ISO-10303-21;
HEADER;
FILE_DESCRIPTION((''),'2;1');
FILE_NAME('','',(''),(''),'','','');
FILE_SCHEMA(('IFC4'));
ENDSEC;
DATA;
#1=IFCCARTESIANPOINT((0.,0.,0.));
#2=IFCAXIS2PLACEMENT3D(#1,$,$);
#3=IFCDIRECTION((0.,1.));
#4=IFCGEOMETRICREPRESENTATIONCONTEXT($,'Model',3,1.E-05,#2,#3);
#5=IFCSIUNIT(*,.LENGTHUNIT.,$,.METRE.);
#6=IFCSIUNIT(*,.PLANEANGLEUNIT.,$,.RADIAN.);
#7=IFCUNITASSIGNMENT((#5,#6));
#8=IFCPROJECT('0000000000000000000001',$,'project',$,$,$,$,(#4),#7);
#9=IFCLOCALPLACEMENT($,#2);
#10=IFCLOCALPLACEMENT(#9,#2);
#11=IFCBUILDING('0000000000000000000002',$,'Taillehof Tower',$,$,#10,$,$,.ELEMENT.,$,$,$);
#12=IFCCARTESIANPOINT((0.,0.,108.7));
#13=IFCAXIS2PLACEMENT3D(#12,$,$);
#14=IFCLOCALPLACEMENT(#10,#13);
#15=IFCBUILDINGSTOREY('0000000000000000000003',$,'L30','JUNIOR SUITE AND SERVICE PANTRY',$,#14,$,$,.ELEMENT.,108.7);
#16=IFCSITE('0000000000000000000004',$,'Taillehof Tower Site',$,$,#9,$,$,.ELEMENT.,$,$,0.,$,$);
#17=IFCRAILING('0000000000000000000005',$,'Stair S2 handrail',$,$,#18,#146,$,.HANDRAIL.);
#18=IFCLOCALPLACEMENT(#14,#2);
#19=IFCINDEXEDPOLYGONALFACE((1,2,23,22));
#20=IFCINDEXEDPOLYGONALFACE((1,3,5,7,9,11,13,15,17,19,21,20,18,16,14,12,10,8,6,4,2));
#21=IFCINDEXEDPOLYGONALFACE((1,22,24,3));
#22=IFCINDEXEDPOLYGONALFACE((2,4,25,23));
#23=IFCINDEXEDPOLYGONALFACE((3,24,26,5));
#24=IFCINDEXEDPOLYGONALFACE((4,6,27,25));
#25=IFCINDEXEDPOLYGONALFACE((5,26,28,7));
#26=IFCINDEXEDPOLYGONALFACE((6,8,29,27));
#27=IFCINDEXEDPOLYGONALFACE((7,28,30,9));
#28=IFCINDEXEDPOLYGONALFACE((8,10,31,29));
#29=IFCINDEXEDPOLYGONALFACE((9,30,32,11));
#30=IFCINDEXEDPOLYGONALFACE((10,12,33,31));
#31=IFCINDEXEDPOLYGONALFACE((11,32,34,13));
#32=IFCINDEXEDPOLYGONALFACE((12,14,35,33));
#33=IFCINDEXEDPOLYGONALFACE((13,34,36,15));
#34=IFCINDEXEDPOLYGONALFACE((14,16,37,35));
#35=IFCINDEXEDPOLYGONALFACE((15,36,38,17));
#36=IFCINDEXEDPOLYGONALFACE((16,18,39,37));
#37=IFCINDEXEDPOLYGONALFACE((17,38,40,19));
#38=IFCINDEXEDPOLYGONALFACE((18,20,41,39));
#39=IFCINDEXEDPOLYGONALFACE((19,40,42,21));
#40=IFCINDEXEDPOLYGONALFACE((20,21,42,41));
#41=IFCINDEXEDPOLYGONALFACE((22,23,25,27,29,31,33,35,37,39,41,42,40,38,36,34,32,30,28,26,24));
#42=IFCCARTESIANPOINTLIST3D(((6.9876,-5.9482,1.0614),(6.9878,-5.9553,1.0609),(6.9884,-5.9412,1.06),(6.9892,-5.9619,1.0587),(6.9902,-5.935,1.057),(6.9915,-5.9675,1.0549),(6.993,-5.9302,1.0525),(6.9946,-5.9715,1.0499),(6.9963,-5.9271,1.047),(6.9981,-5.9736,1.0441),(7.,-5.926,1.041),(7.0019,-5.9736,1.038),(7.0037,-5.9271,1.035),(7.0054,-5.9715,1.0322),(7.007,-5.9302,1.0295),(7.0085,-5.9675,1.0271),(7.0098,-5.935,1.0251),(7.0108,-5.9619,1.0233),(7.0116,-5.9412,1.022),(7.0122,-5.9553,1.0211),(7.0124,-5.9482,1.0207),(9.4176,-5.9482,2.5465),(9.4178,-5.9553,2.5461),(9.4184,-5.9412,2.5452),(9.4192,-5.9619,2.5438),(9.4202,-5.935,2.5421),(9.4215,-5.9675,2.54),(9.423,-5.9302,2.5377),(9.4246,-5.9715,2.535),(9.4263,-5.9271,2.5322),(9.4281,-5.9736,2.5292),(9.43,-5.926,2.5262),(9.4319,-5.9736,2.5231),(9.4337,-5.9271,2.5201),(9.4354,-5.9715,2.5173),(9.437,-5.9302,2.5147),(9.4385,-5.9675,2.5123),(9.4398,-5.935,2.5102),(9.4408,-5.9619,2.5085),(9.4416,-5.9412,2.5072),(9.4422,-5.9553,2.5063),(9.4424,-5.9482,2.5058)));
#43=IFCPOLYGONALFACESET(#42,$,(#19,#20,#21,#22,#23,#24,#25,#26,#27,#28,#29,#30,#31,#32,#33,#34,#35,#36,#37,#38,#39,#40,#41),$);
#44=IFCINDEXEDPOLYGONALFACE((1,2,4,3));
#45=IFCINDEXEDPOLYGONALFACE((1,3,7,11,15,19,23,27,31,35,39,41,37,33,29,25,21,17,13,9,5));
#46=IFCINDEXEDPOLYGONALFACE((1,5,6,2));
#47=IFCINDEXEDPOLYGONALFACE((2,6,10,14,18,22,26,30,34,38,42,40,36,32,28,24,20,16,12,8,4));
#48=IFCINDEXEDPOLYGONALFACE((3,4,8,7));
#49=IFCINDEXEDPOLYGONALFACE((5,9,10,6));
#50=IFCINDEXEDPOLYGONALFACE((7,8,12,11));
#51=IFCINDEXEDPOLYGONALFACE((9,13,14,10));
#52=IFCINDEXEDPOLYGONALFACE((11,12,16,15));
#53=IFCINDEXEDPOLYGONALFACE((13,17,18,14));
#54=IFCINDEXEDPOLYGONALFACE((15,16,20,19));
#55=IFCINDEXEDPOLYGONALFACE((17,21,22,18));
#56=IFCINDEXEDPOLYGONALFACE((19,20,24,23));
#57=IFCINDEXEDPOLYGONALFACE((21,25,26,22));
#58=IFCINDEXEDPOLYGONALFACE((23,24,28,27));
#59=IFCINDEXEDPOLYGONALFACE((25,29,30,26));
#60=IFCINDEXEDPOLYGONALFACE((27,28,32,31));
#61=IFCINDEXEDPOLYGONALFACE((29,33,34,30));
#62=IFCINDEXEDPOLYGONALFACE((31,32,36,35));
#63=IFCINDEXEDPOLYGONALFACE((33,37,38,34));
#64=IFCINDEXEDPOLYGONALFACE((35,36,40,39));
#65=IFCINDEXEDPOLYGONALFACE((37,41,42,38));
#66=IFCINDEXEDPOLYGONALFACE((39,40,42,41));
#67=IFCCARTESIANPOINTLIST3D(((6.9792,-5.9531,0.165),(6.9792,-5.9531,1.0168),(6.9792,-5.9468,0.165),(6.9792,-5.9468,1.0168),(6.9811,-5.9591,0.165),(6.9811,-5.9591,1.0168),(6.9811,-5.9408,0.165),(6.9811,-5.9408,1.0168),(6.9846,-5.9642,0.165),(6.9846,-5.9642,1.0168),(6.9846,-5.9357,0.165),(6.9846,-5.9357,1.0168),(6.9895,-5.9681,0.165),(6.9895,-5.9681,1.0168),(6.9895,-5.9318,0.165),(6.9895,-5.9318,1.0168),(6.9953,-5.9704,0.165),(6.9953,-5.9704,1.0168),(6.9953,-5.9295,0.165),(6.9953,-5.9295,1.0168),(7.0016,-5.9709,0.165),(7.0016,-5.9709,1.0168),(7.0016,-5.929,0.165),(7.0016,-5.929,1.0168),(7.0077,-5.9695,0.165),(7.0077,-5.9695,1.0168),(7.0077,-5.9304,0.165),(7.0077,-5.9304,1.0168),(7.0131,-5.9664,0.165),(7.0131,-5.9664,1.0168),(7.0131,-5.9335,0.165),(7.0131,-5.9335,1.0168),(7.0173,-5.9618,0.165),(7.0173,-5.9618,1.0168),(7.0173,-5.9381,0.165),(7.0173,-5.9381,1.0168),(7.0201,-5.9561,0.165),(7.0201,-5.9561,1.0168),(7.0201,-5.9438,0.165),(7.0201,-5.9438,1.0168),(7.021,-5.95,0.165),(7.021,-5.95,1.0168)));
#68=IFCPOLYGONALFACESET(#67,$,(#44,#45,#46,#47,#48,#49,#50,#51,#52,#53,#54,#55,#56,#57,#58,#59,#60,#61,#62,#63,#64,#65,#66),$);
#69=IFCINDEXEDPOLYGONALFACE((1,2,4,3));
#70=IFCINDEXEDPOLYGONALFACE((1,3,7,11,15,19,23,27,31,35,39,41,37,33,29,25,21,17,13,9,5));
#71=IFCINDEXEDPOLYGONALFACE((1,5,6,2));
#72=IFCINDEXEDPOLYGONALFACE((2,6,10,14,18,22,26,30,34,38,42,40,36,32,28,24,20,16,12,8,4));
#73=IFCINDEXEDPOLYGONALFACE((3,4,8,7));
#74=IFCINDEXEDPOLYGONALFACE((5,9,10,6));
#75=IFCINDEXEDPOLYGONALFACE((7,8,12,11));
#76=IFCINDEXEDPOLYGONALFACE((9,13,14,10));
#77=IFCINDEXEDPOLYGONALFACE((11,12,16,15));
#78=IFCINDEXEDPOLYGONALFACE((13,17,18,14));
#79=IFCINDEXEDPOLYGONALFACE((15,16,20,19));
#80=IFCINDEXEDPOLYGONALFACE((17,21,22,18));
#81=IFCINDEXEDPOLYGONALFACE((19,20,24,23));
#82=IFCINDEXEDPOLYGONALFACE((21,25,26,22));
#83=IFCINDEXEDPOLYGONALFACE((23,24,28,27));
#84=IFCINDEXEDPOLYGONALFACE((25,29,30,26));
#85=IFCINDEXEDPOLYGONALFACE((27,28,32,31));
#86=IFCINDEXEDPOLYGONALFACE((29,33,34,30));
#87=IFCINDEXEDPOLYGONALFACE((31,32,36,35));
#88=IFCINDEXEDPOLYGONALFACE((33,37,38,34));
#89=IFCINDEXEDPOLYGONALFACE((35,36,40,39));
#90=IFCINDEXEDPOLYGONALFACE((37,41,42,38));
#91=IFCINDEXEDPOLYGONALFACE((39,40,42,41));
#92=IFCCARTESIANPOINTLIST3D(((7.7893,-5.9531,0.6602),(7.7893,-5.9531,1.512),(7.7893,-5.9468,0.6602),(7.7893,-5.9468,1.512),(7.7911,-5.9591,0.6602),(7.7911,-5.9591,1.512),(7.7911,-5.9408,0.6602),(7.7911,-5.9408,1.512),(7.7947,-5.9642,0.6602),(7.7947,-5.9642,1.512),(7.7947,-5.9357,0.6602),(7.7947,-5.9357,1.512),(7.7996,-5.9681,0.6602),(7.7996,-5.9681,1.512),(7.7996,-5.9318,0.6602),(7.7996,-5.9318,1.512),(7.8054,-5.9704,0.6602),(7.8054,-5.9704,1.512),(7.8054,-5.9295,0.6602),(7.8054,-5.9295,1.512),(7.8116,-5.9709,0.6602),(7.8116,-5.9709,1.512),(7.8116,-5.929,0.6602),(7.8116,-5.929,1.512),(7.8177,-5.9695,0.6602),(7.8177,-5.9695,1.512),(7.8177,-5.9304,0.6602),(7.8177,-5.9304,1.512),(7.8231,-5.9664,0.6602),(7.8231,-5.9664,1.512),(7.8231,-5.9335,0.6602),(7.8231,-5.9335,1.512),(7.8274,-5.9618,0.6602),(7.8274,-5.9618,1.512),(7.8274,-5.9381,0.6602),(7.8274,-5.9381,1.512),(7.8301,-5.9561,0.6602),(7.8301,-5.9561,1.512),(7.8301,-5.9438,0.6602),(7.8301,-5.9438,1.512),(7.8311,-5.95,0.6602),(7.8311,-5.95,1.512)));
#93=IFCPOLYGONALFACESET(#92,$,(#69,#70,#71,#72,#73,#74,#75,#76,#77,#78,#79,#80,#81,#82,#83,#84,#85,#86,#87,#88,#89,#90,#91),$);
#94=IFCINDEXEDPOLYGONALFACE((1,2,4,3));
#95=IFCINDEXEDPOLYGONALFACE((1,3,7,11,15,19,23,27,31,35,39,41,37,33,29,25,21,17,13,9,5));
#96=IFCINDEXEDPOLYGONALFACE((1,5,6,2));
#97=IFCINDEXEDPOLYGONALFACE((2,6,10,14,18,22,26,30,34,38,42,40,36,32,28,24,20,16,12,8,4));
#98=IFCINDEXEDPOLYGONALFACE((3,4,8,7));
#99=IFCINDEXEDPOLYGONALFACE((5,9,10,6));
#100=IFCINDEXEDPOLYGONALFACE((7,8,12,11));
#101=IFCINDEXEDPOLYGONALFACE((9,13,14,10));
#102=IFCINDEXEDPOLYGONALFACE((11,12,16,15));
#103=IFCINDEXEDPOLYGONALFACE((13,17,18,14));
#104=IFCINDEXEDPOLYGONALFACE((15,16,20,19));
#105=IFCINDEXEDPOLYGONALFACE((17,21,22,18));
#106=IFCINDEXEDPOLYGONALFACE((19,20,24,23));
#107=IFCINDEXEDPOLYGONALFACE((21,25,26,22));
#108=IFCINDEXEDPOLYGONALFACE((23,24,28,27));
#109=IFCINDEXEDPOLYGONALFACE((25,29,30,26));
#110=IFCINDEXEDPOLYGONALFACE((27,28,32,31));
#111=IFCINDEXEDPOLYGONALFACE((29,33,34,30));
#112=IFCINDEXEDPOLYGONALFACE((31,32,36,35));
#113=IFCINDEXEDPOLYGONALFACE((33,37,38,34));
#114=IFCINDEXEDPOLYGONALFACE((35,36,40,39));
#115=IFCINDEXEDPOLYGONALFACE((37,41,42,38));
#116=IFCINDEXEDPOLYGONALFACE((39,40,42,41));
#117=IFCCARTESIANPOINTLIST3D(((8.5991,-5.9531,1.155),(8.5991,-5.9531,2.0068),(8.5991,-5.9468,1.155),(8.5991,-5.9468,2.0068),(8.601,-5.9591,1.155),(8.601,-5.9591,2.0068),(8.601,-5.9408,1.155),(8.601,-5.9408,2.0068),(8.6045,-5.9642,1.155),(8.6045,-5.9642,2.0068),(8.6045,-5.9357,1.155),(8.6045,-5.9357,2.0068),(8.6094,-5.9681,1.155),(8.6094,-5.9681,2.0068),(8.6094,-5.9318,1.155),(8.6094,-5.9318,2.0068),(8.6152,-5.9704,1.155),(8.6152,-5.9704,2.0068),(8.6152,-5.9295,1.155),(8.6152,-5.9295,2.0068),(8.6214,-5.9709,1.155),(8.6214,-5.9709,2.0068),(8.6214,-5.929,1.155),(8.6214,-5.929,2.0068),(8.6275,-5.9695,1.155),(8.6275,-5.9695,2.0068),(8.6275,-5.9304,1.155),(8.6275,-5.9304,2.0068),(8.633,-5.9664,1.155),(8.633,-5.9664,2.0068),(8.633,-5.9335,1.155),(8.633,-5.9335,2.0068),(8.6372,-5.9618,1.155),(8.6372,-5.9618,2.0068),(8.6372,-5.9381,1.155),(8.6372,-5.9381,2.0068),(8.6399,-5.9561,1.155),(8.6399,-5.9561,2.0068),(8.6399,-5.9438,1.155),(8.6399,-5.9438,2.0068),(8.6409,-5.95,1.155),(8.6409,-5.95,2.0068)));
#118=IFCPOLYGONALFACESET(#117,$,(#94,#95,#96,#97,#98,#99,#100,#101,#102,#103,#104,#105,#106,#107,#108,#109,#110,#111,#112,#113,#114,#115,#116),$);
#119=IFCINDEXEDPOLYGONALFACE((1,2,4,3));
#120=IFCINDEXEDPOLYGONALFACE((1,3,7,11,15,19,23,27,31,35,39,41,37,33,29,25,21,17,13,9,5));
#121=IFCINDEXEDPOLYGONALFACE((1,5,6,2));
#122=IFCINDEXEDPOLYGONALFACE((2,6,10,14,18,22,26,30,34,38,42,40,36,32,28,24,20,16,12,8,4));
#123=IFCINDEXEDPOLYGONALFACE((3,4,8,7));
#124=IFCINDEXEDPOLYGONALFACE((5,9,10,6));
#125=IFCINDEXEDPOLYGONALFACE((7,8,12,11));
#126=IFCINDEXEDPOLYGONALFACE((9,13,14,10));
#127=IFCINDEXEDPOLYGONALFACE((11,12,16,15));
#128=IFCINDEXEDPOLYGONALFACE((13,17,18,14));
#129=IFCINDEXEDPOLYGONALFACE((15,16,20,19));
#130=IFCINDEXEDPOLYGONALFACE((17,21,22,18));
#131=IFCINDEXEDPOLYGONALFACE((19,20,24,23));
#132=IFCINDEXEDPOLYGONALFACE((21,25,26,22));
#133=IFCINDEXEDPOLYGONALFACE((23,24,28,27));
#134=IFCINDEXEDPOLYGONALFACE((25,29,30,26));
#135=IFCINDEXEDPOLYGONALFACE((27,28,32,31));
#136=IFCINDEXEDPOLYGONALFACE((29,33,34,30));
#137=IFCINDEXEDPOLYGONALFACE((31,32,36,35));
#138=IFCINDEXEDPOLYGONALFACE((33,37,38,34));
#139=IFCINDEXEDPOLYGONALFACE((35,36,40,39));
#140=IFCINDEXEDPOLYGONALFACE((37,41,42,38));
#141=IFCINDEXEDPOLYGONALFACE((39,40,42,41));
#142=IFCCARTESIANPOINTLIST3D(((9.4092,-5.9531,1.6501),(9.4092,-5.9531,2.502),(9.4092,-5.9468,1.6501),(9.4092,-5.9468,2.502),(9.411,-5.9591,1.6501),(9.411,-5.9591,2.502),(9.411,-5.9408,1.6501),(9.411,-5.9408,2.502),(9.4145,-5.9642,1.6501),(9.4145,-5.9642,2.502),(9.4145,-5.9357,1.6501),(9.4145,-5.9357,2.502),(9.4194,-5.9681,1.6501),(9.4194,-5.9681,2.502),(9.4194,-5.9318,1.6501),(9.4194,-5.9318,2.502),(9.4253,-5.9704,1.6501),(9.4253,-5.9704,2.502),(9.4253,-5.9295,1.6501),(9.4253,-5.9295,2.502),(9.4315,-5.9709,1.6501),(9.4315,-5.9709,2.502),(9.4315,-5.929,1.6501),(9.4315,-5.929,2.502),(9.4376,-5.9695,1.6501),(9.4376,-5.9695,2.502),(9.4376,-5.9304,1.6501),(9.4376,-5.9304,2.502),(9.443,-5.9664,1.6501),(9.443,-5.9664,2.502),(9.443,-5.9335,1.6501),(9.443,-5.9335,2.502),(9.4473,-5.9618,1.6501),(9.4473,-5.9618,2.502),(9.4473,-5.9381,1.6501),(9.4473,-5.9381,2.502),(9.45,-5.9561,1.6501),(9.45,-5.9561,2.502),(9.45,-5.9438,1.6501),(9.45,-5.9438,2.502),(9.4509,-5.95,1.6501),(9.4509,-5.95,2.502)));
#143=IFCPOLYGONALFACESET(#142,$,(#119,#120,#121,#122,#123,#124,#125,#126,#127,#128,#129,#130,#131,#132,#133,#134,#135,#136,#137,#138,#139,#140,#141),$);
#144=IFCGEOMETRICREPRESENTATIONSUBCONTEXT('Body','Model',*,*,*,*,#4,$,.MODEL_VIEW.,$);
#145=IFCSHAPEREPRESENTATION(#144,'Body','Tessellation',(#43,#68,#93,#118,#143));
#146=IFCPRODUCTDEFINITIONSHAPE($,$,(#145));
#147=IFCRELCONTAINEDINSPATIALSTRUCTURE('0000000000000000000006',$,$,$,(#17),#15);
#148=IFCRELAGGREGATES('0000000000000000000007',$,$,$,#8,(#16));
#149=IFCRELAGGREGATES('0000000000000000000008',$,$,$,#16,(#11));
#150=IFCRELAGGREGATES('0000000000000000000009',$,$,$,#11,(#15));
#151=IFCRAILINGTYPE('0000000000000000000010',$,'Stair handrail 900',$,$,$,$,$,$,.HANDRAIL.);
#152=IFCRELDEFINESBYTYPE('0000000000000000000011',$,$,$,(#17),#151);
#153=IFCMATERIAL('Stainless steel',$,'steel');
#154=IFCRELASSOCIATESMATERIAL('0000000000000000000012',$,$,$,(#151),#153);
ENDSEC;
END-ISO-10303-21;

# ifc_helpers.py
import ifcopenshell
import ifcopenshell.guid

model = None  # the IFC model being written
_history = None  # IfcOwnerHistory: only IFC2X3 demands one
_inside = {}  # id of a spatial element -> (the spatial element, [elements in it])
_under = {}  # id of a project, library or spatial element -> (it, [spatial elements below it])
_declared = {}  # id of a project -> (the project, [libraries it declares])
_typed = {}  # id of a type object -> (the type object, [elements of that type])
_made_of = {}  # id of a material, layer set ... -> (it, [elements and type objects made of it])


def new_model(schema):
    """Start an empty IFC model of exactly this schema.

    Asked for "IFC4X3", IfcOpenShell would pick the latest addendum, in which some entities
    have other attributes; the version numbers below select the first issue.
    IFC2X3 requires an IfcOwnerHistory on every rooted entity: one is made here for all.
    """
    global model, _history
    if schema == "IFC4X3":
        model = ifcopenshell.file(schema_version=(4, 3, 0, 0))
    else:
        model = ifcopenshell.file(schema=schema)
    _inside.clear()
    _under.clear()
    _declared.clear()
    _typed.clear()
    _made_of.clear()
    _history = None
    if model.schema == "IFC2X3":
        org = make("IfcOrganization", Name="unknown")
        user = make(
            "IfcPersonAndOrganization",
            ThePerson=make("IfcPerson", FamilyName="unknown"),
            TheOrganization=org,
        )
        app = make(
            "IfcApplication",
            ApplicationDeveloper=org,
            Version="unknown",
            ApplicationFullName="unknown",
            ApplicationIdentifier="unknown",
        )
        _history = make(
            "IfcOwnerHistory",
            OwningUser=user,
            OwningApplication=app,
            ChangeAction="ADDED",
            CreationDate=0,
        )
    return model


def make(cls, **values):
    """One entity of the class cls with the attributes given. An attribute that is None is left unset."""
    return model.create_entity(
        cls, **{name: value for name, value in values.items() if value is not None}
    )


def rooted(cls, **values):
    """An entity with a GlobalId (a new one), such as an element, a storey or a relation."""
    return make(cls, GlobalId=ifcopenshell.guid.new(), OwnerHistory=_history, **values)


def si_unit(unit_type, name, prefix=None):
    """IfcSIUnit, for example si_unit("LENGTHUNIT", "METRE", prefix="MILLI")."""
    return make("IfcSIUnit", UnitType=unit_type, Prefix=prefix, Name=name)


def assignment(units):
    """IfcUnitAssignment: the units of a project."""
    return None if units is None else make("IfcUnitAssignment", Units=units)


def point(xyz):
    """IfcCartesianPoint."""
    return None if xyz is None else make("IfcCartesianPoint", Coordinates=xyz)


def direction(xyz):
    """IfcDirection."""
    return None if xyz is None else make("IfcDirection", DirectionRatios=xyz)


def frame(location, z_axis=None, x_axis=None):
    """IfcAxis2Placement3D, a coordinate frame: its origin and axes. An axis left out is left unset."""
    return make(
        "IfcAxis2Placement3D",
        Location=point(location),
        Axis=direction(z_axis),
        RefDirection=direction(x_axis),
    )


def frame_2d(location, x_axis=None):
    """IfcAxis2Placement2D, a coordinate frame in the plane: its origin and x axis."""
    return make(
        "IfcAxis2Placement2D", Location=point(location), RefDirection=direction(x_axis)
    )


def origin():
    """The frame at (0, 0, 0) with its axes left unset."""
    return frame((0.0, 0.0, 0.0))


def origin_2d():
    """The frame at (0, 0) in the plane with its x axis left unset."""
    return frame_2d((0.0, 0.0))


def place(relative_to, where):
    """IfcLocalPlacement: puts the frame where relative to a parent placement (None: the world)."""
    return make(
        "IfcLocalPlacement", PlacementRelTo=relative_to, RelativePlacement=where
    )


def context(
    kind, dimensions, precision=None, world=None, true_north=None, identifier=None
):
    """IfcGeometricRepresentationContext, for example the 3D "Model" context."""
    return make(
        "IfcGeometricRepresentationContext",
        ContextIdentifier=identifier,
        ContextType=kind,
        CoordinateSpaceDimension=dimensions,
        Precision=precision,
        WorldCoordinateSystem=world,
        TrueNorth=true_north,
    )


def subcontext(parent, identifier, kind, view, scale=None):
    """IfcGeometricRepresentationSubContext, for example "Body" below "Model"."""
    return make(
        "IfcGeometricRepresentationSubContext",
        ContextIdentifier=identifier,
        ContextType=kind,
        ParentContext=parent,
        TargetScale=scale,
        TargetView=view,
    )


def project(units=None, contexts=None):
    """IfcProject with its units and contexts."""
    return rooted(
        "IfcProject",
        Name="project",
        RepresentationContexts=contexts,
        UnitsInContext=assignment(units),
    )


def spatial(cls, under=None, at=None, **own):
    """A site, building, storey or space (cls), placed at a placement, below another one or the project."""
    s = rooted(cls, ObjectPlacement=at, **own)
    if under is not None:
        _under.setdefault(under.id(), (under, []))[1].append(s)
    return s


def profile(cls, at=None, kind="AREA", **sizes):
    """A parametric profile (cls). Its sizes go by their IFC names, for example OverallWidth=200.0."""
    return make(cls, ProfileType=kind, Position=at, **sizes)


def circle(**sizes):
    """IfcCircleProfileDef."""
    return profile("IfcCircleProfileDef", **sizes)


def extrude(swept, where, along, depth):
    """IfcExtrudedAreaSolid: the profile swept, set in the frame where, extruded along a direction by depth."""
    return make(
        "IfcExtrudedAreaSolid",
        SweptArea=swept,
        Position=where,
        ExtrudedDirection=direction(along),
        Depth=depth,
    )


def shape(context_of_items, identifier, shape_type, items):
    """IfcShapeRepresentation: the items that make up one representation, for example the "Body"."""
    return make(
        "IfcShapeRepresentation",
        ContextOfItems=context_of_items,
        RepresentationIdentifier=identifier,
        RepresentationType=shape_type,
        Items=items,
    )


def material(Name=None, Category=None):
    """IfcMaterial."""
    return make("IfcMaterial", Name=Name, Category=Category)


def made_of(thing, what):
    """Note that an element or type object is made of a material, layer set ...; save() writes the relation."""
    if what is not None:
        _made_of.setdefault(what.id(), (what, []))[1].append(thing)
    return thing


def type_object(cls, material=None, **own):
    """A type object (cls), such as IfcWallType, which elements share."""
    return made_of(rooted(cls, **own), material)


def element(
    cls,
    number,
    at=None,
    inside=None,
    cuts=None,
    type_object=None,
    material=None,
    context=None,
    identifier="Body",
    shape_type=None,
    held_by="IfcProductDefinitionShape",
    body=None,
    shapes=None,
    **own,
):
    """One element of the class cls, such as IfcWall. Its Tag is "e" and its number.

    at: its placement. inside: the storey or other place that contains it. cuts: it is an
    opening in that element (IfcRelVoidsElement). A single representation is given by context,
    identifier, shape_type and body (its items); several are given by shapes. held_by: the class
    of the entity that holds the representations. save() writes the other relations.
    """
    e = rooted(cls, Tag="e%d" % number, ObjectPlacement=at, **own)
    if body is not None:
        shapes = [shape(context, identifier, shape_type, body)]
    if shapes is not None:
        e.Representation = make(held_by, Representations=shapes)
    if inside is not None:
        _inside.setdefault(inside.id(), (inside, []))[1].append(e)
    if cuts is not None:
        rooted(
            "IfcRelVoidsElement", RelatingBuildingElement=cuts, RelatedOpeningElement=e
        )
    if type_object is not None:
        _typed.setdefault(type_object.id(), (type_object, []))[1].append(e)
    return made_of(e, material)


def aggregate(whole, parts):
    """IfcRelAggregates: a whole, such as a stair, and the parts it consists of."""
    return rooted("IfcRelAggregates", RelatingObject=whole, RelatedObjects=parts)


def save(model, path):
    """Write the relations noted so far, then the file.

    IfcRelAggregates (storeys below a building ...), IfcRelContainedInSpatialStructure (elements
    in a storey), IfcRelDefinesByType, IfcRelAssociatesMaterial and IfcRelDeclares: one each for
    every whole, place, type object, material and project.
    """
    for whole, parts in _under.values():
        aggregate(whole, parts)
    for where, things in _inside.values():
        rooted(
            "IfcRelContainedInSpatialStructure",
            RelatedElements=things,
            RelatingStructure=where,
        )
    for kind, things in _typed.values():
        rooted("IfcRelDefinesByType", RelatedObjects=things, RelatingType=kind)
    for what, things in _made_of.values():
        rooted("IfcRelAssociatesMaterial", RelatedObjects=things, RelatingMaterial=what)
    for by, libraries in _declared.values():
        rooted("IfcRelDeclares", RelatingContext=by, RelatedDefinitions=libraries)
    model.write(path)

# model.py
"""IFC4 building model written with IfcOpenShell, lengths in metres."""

from ifc_helpers import new_model, si_unit, direction, frame, origin, origin_2d, place, context, subcontext, project, spatial, circle, extrude, material, type_object, element, save


model = new_model("IFC4")

# Units and contexts
model_context = context("Model", 3, precision=1e-05, world=origin(), true_north=direction((0.0, 1.0)))
body_context = subcontext(model_context, "Body", "Model", "MODEL_VIEW")
ifc_project = project(units=[si_unit("LENGTHUNIT", "METRE"), si_unit("PLANEANGLEUNIT", "RADIAN")], contexts=[model_context])

# Site, building, storey
site_placement = place(None, origin())
site = spatial("IfcSite", under=ifc_project, at=site_placement, Name="Taillehof Tower Site", CompositionType="ELEMENT", RefElevation=0.0)
building_placement = place(site_placement, origin())
building = spatial("IfcBuilding", under=site, at=building_placement, Name="Taillehof Tower", CompositionType="ELEMENT")
storey_placement = place(building_placement, frame((0.0, 0.0, 108.7)))
storey = spatial("IfcBuildingStorey", under=building, at=storey_placement, Name="L30", Description="JUNIOR SUITE AND SERVICE PANTRY", CompositionType="ELEMENT", Elevation=108.7)

# Railing
ifc_material_1 = material(Name="Stainless steel", Category="steel")
railing_type = type_object("IfcRailingType", Name="Stair handrail 900", PredefinedType="HANDRAIL", material=ifc_material_1)
railing_placement = place(storey_placement, frame((7.0, -5.95, 0.165)))
element("IfcRailing", 1, at=railing_placement, inside=storey, type_object=railing_type, Name="Stair S2 handrail", PredefinedType="HANDRAIL", context=body_context, shape_type="SweptSolid", body=[
    extrude(circle(Radius=0.0239, at=origin_2d()), frame((0.0, 0.0, 0.876), z_axis=(0.853259, 0.0, 0.521488), x_axis=(0.0, 1.0, 0.0)), (0.0, 0.0, 1.0), 2.8479),
    extrude(circle(Radius=0.021, at=origin_2d()), origin(), (0.0, 0.0, 1.0), 0.8518),
    extrude(circle(Radius=0.021, at=origin_2d()), frame((0.8101, 0.0, 0.4951)), (0.0, 0.0, 1.0), 0.8518),
    extrude(circle(Radius=0.021, at=origin_2d()), frame((1.6199, 0.0, 0.99)), (0.0, 0.0, 1.0), 0.8518),
    extrude(circle(Radius=0.021, at=origin_2d()), frame((2.4299, 0.0, 1.4851)), (0.0, 0.0, 1.0), 0.8518),
])

save(model, "model.ifc")
